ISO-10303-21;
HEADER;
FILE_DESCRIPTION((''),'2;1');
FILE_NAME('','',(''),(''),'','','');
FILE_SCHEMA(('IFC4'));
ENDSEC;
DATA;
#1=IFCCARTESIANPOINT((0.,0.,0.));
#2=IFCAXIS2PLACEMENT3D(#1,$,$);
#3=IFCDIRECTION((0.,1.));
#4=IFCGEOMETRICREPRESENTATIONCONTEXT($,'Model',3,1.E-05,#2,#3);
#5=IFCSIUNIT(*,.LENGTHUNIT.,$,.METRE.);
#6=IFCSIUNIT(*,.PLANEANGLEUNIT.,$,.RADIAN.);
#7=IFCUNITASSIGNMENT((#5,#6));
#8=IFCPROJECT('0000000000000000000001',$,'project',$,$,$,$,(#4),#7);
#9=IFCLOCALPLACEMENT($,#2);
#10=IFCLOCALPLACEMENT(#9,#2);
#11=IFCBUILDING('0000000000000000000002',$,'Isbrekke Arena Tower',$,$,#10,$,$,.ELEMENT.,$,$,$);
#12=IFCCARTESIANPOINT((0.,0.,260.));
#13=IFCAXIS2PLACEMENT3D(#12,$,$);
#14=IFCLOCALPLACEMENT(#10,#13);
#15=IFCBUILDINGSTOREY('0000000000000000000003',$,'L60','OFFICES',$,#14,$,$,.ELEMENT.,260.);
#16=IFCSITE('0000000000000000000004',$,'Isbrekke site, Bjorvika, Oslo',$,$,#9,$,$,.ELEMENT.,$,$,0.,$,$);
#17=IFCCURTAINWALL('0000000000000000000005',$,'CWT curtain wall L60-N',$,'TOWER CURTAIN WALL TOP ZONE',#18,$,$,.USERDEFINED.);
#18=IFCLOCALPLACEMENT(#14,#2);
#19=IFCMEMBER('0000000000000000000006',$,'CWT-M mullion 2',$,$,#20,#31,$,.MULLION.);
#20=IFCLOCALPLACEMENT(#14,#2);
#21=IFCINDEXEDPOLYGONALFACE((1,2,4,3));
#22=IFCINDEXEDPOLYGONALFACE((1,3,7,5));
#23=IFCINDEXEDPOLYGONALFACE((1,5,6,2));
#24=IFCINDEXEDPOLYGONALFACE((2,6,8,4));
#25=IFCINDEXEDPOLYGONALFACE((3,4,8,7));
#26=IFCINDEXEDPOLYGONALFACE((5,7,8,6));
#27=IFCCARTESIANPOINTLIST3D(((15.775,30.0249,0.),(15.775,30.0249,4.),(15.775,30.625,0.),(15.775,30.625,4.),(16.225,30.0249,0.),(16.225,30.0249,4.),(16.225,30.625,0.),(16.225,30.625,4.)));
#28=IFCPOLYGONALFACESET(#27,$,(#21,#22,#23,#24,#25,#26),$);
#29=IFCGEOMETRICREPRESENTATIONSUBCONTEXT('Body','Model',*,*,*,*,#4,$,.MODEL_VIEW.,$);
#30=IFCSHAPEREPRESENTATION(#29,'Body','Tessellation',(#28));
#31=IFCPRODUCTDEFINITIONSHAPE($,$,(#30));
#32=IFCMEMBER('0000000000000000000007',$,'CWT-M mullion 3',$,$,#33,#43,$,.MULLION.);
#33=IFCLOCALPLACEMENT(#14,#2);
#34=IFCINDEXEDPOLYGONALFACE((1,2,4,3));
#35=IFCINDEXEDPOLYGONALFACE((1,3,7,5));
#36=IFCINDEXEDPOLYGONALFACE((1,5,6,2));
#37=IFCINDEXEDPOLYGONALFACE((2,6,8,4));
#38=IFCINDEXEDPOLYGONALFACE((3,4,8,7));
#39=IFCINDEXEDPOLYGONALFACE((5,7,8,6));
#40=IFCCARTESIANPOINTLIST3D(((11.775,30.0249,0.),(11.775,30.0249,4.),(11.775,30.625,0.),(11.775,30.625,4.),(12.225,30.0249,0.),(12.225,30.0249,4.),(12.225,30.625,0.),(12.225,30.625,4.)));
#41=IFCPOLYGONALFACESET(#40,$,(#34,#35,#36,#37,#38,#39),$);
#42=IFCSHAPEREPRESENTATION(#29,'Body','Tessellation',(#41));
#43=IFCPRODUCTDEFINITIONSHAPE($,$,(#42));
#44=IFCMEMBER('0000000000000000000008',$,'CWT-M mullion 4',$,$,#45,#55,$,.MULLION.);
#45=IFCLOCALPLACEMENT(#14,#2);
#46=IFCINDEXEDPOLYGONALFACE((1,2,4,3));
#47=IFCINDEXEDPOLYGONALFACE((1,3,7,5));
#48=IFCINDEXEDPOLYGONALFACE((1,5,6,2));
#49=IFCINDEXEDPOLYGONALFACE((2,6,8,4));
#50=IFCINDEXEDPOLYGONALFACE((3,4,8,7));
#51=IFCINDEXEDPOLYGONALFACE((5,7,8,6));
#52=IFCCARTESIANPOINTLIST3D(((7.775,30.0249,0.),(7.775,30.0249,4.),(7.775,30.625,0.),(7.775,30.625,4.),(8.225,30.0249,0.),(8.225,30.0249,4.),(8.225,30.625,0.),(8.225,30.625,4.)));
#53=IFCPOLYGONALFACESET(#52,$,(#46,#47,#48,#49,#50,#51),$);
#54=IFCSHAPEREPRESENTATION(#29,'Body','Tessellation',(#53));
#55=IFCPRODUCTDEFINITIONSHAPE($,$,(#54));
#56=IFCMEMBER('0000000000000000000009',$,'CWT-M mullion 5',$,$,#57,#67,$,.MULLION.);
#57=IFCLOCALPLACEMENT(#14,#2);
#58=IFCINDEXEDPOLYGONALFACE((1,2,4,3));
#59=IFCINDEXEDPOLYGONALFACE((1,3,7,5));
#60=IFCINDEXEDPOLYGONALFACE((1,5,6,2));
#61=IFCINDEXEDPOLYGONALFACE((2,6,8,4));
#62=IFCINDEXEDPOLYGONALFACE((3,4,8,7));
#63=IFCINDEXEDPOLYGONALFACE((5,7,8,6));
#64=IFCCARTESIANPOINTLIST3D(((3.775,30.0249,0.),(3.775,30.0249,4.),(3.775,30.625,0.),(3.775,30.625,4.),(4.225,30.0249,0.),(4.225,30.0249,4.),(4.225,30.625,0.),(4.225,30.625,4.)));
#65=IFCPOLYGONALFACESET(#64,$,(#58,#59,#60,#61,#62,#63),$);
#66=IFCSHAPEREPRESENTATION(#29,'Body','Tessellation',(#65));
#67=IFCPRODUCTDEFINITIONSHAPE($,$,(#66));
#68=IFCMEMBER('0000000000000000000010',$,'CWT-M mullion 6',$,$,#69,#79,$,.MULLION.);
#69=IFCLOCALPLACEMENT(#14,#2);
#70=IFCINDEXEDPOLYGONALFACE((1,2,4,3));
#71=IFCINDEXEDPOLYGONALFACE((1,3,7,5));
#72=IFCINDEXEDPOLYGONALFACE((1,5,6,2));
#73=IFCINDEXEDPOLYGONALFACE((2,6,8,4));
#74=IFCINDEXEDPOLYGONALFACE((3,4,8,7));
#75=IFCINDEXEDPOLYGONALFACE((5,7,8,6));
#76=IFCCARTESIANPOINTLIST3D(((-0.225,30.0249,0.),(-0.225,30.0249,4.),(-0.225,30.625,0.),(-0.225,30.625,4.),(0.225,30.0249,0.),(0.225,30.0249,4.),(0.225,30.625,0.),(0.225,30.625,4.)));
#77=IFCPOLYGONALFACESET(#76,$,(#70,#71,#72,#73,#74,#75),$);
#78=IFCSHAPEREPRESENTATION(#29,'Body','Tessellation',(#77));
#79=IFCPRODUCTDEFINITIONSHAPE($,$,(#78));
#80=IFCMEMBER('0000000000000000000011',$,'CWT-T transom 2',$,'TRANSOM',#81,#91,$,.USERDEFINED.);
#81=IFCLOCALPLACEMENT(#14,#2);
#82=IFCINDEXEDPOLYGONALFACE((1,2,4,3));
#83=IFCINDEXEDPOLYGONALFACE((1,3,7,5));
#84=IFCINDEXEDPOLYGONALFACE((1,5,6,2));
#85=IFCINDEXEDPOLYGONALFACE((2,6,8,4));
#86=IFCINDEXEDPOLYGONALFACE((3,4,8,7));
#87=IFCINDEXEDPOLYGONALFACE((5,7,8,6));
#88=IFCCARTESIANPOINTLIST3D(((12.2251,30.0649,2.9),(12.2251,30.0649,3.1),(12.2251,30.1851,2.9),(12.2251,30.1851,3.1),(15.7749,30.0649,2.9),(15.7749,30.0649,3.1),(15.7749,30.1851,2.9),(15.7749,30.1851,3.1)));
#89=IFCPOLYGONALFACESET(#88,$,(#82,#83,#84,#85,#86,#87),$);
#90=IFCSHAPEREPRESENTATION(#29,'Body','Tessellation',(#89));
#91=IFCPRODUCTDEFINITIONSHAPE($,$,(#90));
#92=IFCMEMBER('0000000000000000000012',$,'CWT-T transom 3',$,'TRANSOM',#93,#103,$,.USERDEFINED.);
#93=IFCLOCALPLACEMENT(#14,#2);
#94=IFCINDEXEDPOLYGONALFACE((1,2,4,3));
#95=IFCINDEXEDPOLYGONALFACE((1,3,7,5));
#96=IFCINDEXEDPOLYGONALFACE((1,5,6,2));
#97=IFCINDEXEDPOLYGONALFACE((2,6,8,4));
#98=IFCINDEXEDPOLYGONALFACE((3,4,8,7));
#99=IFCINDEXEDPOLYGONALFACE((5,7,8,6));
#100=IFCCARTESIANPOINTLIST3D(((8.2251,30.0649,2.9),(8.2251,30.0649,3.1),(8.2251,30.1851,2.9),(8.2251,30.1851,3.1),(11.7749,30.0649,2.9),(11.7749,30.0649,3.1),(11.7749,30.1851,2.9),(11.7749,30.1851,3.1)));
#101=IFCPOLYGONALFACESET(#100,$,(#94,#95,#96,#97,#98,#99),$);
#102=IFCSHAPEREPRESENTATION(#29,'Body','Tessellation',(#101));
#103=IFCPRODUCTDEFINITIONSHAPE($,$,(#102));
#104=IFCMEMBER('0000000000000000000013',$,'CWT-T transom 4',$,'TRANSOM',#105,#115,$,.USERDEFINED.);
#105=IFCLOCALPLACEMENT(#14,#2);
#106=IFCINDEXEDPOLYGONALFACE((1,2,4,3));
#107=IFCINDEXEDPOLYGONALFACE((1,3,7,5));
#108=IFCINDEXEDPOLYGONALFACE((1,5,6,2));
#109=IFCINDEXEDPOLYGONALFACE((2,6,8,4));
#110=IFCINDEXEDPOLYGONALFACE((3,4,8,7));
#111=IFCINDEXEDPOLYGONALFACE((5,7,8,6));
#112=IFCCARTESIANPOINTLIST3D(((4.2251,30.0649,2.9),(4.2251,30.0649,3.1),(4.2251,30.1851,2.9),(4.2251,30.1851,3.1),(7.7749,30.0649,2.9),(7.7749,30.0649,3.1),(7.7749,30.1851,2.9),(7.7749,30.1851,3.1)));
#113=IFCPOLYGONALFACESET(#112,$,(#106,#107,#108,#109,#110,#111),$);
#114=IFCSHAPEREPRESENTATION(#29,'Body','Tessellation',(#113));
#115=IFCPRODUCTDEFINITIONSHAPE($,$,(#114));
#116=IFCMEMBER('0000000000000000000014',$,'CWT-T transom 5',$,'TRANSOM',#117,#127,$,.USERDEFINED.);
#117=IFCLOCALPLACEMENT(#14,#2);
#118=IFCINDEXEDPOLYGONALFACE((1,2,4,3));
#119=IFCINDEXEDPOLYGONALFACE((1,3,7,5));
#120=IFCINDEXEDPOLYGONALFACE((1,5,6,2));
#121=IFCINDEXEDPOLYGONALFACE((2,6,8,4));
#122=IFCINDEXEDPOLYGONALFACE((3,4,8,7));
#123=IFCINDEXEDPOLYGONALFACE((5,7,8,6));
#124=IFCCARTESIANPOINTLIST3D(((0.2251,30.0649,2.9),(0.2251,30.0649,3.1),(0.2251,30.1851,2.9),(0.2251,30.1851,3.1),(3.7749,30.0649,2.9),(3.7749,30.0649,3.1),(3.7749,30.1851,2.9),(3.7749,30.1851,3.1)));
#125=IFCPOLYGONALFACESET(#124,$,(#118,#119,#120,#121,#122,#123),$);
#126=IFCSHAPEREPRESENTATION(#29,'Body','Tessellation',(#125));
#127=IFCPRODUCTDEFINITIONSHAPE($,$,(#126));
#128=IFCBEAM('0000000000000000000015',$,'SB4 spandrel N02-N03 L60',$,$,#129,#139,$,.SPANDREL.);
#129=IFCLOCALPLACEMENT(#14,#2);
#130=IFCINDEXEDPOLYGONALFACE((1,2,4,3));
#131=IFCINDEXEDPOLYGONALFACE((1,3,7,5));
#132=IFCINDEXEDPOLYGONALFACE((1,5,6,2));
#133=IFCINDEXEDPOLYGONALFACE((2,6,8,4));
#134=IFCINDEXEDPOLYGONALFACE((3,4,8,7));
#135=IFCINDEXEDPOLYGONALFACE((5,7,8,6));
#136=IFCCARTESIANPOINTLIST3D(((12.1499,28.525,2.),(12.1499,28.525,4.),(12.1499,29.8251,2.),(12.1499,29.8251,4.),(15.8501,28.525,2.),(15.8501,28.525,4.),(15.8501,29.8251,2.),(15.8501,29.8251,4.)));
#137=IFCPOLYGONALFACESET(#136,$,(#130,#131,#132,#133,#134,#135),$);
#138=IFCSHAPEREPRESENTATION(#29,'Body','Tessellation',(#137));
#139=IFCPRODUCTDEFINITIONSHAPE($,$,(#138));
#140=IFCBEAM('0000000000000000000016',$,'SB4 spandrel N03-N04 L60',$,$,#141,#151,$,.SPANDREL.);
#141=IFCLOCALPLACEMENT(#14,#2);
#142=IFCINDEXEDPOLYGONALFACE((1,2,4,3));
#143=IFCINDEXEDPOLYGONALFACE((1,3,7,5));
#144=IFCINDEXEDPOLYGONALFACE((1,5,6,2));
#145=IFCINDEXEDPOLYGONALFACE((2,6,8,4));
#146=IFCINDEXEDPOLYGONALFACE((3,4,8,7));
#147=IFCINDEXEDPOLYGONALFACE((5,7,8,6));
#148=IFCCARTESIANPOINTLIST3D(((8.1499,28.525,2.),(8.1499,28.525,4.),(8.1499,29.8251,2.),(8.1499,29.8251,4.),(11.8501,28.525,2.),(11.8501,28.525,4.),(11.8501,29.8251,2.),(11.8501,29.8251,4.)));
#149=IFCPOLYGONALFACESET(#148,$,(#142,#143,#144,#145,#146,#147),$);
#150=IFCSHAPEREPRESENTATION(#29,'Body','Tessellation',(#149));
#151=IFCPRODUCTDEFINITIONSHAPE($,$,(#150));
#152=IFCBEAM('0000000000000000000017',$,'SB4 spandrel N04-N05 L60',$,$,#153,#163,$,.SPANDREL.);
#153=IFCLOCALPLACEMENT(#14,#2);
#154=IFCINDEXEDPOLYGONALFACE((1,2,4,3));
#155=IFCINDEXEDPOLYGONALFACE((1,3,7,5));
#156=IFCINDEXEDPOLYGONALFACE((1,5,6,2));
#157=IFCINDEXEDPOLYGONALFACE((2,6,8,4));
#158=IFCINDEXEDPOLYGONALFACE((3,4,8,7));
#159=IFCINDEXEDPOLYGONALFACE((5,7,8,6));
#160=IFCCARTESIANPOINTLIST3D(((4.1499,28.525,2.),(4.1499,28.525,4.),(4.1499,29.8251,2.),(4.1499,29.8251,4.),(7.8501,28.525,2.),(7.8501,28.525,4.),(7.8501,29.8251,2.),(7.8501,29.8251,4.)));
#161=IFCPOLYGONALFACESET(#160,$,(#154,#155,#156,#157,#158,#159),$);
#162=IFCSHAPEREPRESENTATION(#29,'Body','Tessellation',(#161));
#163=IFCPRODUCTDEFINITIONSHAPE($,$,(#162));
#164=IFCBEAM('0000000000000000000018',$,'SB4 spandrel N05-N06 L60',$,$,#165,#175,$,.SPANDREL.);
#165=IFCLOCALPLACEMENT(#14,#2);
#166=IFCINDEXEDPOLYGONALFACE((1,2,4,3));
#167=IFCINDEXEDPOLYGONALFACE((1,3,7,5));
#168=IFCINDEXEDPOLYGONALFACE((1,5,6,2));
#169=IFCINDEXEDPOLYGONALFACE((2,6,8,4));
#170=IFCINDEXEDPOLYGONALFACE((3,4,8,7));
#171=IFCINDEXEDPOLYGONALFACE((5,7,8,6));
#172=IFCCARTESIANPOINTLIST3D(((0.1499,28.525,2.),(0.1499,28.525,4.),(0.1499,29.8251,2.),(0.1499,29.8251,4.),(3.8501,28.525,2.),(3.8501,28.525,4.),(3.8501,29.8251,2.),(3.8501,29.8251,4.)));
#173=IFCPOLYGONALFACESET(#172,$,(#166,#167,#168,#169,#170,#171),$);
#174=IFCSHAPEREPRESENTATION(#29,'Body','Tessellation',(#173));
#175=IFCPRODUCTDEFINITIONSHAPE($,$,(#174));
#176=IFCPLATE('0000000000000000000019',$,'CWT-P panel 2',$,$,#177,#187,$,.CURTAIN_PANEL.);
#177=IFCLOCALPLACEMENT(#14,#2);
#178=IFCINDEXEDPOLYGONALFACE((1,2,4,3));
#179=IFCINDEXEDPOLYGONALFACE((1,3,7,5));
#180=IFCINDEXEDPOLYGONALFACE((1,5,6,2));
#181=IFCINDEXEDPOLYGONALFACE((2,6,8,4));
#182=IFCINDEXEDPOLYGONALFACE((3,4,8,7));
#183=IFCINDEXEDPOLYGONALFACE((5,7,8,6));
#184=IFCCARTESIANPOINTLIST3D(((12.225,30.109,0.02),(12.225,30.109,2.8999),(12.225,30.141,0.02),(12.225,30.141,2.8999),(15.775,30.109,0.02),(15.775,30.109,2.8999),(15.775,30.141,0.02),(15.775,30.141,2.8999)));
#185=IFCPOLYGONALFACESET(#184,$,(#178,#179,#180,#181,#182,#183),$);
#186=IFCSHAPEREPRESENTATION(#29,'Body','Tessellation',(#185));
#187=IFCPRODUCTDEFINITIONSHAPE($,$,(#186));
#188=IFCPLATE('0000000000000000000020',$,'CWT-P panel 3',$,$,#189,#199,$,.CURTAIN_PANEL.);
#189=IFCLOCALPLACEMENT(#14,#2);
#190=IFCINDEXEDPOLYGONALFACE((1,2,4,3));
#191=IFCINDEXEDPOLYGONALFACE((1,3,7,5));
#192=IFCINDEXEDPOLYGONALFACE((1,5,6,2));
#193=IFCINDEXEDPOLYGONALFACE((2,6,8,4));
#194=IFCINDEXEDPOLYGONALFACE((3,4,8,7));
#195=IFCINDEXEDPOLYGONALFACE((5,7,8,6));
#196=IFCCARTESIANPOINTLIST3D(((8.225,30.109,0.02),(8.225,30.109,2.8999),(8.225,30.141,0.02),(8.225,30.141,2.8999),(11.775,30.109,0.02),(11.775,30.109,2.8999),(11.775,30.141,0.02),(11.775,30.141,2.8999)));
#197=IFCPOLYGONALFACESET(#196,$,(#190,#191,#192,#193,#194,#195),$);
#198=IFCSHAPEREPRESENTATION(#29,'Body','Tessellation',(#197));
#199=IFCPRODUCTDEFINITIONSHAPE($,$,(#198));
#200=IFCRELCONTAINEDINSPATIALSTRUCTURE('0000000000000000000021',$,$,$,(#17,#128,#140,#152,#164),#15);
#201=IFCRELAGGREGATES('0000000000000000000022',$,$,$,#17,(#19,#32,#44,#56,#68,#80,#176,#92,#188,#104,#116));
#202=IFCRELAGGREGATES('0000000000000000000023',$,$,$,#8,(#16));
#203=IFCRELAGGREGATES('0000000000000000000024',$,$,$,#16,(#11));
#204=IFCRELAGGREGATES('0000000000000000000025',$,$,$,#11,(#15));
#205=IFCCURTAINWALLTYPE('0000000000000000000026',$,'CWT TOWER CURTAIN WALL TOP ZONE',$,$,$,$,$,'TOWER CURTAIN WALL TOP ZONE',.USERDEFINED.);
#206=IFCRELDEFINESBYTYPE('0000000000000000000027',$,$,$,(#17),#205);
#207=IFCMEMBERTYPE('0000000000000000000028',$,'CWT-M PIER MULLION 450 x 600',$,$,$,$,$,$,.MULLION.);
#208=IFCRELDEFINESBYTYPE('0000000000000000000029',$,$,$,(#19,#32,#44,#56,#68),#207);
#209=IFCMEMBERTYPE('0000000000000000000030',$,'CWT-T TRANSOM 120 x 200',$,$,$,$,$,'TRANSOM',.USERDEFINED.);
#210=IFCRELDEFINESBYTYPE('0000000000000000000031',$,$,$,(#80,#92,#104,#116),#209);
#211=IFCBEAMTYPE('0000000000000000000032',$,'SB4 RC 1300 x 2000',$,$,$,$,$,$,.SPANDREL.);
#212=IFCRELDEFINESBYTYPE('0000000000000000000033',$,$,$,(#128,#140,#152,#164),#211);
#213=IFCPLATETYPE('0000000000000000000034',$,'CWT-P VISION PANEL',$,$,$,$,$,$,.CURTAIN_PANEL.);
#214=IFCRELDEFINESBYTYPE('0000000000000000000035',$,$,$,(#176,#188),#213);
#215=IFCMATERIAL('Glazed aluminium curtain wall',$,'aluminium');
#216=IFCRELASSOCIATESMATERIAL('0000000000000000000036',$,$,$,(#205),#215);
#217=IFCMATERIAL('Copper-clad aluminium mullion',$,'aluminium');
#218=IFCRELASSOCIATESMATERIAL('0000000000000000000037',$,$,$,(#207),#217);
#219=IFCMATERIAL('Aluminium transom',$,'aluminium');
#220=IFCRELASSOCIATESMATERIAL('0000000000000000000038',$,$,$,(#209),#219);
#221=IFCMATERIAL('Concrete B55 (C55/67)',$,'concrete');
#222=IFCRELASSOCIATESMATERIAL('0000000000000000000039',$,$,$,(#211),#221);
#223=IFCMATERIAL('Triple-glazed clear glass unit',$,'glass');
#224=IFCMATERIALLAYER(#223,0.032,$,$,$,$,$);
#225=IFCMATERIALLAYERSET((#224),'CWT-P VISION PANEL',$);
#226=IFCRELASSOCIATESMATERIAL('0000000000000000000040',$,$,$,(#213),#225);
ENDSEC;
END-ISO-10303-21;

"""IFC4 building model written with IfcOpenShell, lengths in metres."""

from ifc_helpers import new_model, si_unit, direction, frame, origin, origin_2d, place, context, subcontext, project, spatial, rectangle, extrude, material, layer, layer_set, material_profile, profile_set, type_object, element, aggregate, save


model = new_model("IFC4")

# Units and contexts
model_context = context("Model", 3, precision=1e-05, world=origin(), true_north=direction((0.0, 1.0)))
body_context = subcontext(model_context, "Body", "Model", "MODEL_VIEW")
ifc_project = project(units=[si_unit("LENGTHUNIT", "METRE"), si_unit("PLANEANGLEUNIT", "RADIAN")], contexts=[model_context])

# Site, building, storey
site_placement = place(None, origin())
site = spatial("IfcSite", under=ifc_project, at=site_placement, Name="Isbrekke site, Bjorvika, Oslo", CompositionType="ELEMENT", RefElevation=0.0)
building_placement = place(site_placement, origin())
building = spatial("IfcBuilding", under=site, at=building_placement, Name="Isbrekke Arena Tower", CompositionType="ELEMENT")
storey_placement = place(building_placement, frame((0.0, 0.0, 260.0)))
storey = spatial("IfcBuildingStorey", under=building, at=storey_placement, Name="L60", Description="OFFICES", CompositionType="ELEMENT", Elevation=260.0)

# Curtain wall, members
ifc_material_1 = material(Name="Glazed aluminium curtain wall", Category="aluminium")
curtain_wall_type = type_object("IfcCurtainWallType", Name="CWT TOWER CURTAIN WALL TOP ZONE", ElementType="TOWER CURTAIN WALL TOP ZONE", PredefinedType="USERDEFINED", material=ifc_material_1)
curtain_wall_placement = place(storey_placement, origin())
curtain_wall = element("IfcCurtainWall", 1, at=curtain_wall_placement, inside=storey, type_object=curtain_wall_type, Name="CWT curtain wall L60-N", ObjectType="TOWER CURTAIN WALL TOP ZONE", PredefinedType="USERDEFINED")
ifc_material_2 = material(Name="Copper-clad aluminium mullion", Category="aluminium")
ifc_material_profile_1 = material_profile(ifc_material_2, rectangle(XDim=0.45, YDim=0.6001, at=origin_2d()), Name="PIER 450X600")
ifc_profile_set_1 = profile_set([ifc_material_profile_1], Name="Copper-clad aluminium mullion")
member_type_1 = type_object("IfcMemberType", Name="CWT-M PIER MULLION 450 x 600", PredefinedType="MULLION", material=ifc_profile_set_1)
member_1_placement = place(storey_placement, frame((16.0, 30.325, 0.0), z_axis=(0.0, 0.0, 1.0), x_axis=(-1.0, 0.0, 0.0)))
member_1 = element("IfcMember", 2, at=member_1_placement, type_object=member_type_1, Name="CWT-M mullion 2", PredefinedType="MULLION", context=body_context, shape_type="SweptSolid", body=[
    extrude(rectangle(XDim=0.45, YDim=0.6001, at=origin_2d()), origin(), (0.0, 0.0, 1.0), 4.0),
])
member_2_placement = place(storey_placement, frame((12.0, 30.325, 0.0), z_axis=(0.0, 0.0, 1.0), x_axis=(-1.0, 0.0, 0.0)))
member_2 = element("IfcMember", 3, at=member_2_placement, type_object=member_type_1, Name="CWT-M mullion 3", PredefinedType="MULLION", context=body_context, shape_type="SweptSolid", body=[
    extrude(rectangle(XDim=0.45, YDim=0.6001, at=origin_2d()), origin(), (0.0, 0.0, 1.0), 4.0),
])
member_3_placement = place(storey_placement, frame((8.0, 30.325, 0.0), z_axis=(0.0, 0.0, 1.0), x_axis=(-1.0, 0.0, 0.0)))
member_3 = element("IfcMember", 4, at=member_3_placement, type_object=member_type_1, Name="CWT-M mullion 4", PredefinedType="MULLION", context=body_context, shape_type="SweptSolid", body=[
    extrude(rectangle(XDim=0.45, YDim=0.6001, at=origin_2d()), origin(), (0.0, 0.0, 1.0), 4.0),
])
member_4_placement = place(storey_placement, frame((4.0, 30.325, 0.0), z_axis=(0.0, 0.0, 1.0), x_axis=(-1.0, 0.0, 0.0)))
member_4 = element("IfcMember", 5, at=member_4_placement, type_object=member_type_1, Name="CWT-M mullion 5", PredefinedType="MULLION", context=body_context, shape_type="SweptSolid", body=[
    extrude(rectangle(XDim=0.45, YDim=0.6001, at=origin_2d()), origin(), (0.0, 0.0, 1.0), 4.0),
])
member_5_placement = place(storey_placement, frame((0.0, 30.325, 0.0), z_axis=(0.0, 0.0, 1.0), x_axis=(-1.0, 0.0, 0.0)))
member_5 = element("IfcMember", 6, at=member_5_placement, type_object=member_type_1, Name="CWT-M mullion 6", PredefinedType="MULLION", context=body_context, shape_type="SweptSolid", body=[
    extrude(rectangle(XDim=0.45, YDim=0.6001, at=origin_2d()), origin(), (0.0, 0.0, 1.0), 4.0),
])
ifc_material_3 = material(Name="Aluminium transom", Category="aluminium")
ifc_material_profile_2 = material_profile(ifc_material_3, rectangle(XDim=0.1201, YDim=0.2, at=origin_2d()), Name="TRANSOM 120X200")
ifc_profile_set_2 = profile_set([ifc_material_profile_2], Name="Aluminium transom")
member_type_2 = type_object("IfcMemberType", Name="CWT-T TRANSOM 120 x 200", ElementType="TRANSOM", PredefinedType="USERDEFINED", material=ifc_profile_set_2)
member_6_placement = place(storey_placement, frame((15.7749, 30.125, 3.0), z_axis=(-1.0, 0.0, 0.0), x_axis=(0.0, -1.0, 0.0)))
member_6 = element("IfcMember", 7, at=member_6_placement, type_object=member_type_2, Name="CWT-T transom 2", ObjectType="TRANSOM", PredefinedType="USERDEFINED", context=body_context, shape_type="SweptSolid", body=[
    extrude(rectangle(XDim=0.1201, YDim=0.2, at=origin_2d()), origin(), (0.0, 0.0, 1.0), 3.5498),
])
member_7_placement = place(storey_placement, frame((11.7749, 30.125, 3.0), z_axis=(-1.0, 0.0, 0.0), x_axis=(0.0, -1.0, 0.0)))
member_7 = element("IfcMember", 8, at=member_7_placement, type_object=member_type_2, Name="CWT-T transom 3", ObjectType="TRANSOM", PredefinedType="USERDEFINED", context=body_context, shape_type="SweptSolid", body=[
    extrude(rectangle(XDim=0.1201, YDim=0.2, at=origin_2d()), origin(), (0.0, 0.0, 1.0), 3.5498),
])
member_8_placement = place(storey_placement, frame((7.7749, 30.125, 3.0), z_axis=(-1.0, 0.0, 0.0), x_axis=(0.0, -1.0, 0.0)))
member_8 = element("IfcMember", 9, at=member_8_placement, type_object=member_type_2, Name="CWT-T transom 4", ObjectType="TRANSOM", PredefinedType="USERDEFINED", context=body_context, shape_type="SweptSolid", body=[
    extrude(rectangle(XDim=0.1201, YDim=0.2, at=origin_2d()), origin(), (0.0, 0.0, 1.0), 3.5498),
])
member_9_placement = place(storey_placement, frame((3.7749, 30.125, 3.0), z_axis=(-1.0, 0.0, 0.0), x_axis=(0.0, -1.0, 0.0)))
member_9 = element("IfcMember", 10, at=member_9_placement, type_object=member_type_2, Name="CWT-T transom 5", ObjectType="TRANSOM", PredefinedType="USERDEFINED", context=body_context, shape_type="SweptSolid", body=[
    extrude(rectangle(XDim=0.1201, YDim=0.2, at=origin_2d()), origin(), (0.0, 0.0, 1.0), 3.5498),
])

# Beams
ifc_material_4 = material(Name="Concrete B55 (C55/67)", Category="concrete")
ifc_material_profile_3 = material_profile(ifc_material_4, rectangle(XDim=1.3, YDim=2.0, at=origin_2d()), Name="RC 1300x2000")
ifc_profile_set_3 = profile_set([ifc_material_profile_3], Name="Concrete B55 (C55/67)")
beam_type_1 = type_object("IfcBeamType", Name="SB4 RC 1300 x 2000", PredefinedType="SPANDREL", material=ifc_profile_set_3)
for number, where, z_axis, x_axis, name in (
    (11, (15.8501, 29.175, 3.0), (-1.0, 0.0, 0.0), (0.0, -1.0, 0.0), "SB4 spandrel N02-N03 L60"),
    (12, (11.8501, 29.175, 3.0), (-1.0, 0.0, 0.0), (0.0, -1.0, 0.0), "SB4 spandrel N03-N04 L60"),
    (13, (7.8501, 29.175, 3.0), (-1.0, 0.0, 0.0), (0.0, -1.0, 0.0), "SB4 spandrel N04-N05 L60"),
    (14, (3.8501, 29.175, 3.0), (-1.0, 0.0, 0.0), (0.0, -1.0, 0.0), "SB4 spandrel N05-N06 L60"),
):
    element("IfcBeam", number, at=place(storey_placement, frame(where, z_axis=z_axis, x_axis=x_axis)), inside=storey, type_object=beam_type_1, Name=name, PredefinedType="SPANDREL", context=body_context, shape_type="SweptSolid", body=[
        extrude(rectangle(XDim=1.3, YDim=2.0, at=origin_2d()), origin(), (0.0, 0.0, 1.0), 3.7002),
    ])

# Plates
ifc_material_5 = material(Name="Triple-glazed clear glass unit", Category="glass")
ifc_layer = layer(ifc_material_5, 0.032)
ifc_layer_set = layer_set([ifc_layer], Name="CWT-P VISION PANEL")
plate_type = type_object("IfcPlateType", Name="CWT-P VISION PANEL", PredefinedType="CURTAIN_PANEL", material=ifc_layer_set)
plate_1_placement = place(storey_placement, frame((14.0, 30.125, 0.02), z_axis=(0.0, 0.0, 1.0), x_axis=(-1.0, 0.0, 0.0)))
plate_1 = element("IfcPlate", 15, at=plate_1_placement, type_object=plate_type, Name="CWT-P panel 2", PredefinedType="CURTAIN_PANEL", context=body_context, shape_type="SweptSolid", body=[
    extrude(rectangle(XDim=3.55, YDim=0.032, at=origin_2d()), origin(), (0.0, 0.0, 1.0), 2.8799),
])
plate_2_placement = place(storey_placement, frame((10.0, 30.125, 0.02), z_axis=(0.0, 0.0, 1.0), x_axis=(-1.0, 0.0, 0.0)))
plate_2 = element("IfcPlate", 16, at=plate_2_placement, type_object=plate_type, Name="CWT-P panel 3", PredefinedType="CURTAIN_PANEL", context=body_context, shape_type="SweptSolid", body=[
    extrude(rectangle(XDim=3.55, YDim=0.032, at=origin_2d()), origin(), (0.0, 0.0, 1.0), 2.8799),
])
aggregate(curtain_wall, [member_1, member_2, member_3, member_4, member_5, member_6, plate_1, member_7, plate_2, member_8, member_9])

save(model, "model.ifc")
